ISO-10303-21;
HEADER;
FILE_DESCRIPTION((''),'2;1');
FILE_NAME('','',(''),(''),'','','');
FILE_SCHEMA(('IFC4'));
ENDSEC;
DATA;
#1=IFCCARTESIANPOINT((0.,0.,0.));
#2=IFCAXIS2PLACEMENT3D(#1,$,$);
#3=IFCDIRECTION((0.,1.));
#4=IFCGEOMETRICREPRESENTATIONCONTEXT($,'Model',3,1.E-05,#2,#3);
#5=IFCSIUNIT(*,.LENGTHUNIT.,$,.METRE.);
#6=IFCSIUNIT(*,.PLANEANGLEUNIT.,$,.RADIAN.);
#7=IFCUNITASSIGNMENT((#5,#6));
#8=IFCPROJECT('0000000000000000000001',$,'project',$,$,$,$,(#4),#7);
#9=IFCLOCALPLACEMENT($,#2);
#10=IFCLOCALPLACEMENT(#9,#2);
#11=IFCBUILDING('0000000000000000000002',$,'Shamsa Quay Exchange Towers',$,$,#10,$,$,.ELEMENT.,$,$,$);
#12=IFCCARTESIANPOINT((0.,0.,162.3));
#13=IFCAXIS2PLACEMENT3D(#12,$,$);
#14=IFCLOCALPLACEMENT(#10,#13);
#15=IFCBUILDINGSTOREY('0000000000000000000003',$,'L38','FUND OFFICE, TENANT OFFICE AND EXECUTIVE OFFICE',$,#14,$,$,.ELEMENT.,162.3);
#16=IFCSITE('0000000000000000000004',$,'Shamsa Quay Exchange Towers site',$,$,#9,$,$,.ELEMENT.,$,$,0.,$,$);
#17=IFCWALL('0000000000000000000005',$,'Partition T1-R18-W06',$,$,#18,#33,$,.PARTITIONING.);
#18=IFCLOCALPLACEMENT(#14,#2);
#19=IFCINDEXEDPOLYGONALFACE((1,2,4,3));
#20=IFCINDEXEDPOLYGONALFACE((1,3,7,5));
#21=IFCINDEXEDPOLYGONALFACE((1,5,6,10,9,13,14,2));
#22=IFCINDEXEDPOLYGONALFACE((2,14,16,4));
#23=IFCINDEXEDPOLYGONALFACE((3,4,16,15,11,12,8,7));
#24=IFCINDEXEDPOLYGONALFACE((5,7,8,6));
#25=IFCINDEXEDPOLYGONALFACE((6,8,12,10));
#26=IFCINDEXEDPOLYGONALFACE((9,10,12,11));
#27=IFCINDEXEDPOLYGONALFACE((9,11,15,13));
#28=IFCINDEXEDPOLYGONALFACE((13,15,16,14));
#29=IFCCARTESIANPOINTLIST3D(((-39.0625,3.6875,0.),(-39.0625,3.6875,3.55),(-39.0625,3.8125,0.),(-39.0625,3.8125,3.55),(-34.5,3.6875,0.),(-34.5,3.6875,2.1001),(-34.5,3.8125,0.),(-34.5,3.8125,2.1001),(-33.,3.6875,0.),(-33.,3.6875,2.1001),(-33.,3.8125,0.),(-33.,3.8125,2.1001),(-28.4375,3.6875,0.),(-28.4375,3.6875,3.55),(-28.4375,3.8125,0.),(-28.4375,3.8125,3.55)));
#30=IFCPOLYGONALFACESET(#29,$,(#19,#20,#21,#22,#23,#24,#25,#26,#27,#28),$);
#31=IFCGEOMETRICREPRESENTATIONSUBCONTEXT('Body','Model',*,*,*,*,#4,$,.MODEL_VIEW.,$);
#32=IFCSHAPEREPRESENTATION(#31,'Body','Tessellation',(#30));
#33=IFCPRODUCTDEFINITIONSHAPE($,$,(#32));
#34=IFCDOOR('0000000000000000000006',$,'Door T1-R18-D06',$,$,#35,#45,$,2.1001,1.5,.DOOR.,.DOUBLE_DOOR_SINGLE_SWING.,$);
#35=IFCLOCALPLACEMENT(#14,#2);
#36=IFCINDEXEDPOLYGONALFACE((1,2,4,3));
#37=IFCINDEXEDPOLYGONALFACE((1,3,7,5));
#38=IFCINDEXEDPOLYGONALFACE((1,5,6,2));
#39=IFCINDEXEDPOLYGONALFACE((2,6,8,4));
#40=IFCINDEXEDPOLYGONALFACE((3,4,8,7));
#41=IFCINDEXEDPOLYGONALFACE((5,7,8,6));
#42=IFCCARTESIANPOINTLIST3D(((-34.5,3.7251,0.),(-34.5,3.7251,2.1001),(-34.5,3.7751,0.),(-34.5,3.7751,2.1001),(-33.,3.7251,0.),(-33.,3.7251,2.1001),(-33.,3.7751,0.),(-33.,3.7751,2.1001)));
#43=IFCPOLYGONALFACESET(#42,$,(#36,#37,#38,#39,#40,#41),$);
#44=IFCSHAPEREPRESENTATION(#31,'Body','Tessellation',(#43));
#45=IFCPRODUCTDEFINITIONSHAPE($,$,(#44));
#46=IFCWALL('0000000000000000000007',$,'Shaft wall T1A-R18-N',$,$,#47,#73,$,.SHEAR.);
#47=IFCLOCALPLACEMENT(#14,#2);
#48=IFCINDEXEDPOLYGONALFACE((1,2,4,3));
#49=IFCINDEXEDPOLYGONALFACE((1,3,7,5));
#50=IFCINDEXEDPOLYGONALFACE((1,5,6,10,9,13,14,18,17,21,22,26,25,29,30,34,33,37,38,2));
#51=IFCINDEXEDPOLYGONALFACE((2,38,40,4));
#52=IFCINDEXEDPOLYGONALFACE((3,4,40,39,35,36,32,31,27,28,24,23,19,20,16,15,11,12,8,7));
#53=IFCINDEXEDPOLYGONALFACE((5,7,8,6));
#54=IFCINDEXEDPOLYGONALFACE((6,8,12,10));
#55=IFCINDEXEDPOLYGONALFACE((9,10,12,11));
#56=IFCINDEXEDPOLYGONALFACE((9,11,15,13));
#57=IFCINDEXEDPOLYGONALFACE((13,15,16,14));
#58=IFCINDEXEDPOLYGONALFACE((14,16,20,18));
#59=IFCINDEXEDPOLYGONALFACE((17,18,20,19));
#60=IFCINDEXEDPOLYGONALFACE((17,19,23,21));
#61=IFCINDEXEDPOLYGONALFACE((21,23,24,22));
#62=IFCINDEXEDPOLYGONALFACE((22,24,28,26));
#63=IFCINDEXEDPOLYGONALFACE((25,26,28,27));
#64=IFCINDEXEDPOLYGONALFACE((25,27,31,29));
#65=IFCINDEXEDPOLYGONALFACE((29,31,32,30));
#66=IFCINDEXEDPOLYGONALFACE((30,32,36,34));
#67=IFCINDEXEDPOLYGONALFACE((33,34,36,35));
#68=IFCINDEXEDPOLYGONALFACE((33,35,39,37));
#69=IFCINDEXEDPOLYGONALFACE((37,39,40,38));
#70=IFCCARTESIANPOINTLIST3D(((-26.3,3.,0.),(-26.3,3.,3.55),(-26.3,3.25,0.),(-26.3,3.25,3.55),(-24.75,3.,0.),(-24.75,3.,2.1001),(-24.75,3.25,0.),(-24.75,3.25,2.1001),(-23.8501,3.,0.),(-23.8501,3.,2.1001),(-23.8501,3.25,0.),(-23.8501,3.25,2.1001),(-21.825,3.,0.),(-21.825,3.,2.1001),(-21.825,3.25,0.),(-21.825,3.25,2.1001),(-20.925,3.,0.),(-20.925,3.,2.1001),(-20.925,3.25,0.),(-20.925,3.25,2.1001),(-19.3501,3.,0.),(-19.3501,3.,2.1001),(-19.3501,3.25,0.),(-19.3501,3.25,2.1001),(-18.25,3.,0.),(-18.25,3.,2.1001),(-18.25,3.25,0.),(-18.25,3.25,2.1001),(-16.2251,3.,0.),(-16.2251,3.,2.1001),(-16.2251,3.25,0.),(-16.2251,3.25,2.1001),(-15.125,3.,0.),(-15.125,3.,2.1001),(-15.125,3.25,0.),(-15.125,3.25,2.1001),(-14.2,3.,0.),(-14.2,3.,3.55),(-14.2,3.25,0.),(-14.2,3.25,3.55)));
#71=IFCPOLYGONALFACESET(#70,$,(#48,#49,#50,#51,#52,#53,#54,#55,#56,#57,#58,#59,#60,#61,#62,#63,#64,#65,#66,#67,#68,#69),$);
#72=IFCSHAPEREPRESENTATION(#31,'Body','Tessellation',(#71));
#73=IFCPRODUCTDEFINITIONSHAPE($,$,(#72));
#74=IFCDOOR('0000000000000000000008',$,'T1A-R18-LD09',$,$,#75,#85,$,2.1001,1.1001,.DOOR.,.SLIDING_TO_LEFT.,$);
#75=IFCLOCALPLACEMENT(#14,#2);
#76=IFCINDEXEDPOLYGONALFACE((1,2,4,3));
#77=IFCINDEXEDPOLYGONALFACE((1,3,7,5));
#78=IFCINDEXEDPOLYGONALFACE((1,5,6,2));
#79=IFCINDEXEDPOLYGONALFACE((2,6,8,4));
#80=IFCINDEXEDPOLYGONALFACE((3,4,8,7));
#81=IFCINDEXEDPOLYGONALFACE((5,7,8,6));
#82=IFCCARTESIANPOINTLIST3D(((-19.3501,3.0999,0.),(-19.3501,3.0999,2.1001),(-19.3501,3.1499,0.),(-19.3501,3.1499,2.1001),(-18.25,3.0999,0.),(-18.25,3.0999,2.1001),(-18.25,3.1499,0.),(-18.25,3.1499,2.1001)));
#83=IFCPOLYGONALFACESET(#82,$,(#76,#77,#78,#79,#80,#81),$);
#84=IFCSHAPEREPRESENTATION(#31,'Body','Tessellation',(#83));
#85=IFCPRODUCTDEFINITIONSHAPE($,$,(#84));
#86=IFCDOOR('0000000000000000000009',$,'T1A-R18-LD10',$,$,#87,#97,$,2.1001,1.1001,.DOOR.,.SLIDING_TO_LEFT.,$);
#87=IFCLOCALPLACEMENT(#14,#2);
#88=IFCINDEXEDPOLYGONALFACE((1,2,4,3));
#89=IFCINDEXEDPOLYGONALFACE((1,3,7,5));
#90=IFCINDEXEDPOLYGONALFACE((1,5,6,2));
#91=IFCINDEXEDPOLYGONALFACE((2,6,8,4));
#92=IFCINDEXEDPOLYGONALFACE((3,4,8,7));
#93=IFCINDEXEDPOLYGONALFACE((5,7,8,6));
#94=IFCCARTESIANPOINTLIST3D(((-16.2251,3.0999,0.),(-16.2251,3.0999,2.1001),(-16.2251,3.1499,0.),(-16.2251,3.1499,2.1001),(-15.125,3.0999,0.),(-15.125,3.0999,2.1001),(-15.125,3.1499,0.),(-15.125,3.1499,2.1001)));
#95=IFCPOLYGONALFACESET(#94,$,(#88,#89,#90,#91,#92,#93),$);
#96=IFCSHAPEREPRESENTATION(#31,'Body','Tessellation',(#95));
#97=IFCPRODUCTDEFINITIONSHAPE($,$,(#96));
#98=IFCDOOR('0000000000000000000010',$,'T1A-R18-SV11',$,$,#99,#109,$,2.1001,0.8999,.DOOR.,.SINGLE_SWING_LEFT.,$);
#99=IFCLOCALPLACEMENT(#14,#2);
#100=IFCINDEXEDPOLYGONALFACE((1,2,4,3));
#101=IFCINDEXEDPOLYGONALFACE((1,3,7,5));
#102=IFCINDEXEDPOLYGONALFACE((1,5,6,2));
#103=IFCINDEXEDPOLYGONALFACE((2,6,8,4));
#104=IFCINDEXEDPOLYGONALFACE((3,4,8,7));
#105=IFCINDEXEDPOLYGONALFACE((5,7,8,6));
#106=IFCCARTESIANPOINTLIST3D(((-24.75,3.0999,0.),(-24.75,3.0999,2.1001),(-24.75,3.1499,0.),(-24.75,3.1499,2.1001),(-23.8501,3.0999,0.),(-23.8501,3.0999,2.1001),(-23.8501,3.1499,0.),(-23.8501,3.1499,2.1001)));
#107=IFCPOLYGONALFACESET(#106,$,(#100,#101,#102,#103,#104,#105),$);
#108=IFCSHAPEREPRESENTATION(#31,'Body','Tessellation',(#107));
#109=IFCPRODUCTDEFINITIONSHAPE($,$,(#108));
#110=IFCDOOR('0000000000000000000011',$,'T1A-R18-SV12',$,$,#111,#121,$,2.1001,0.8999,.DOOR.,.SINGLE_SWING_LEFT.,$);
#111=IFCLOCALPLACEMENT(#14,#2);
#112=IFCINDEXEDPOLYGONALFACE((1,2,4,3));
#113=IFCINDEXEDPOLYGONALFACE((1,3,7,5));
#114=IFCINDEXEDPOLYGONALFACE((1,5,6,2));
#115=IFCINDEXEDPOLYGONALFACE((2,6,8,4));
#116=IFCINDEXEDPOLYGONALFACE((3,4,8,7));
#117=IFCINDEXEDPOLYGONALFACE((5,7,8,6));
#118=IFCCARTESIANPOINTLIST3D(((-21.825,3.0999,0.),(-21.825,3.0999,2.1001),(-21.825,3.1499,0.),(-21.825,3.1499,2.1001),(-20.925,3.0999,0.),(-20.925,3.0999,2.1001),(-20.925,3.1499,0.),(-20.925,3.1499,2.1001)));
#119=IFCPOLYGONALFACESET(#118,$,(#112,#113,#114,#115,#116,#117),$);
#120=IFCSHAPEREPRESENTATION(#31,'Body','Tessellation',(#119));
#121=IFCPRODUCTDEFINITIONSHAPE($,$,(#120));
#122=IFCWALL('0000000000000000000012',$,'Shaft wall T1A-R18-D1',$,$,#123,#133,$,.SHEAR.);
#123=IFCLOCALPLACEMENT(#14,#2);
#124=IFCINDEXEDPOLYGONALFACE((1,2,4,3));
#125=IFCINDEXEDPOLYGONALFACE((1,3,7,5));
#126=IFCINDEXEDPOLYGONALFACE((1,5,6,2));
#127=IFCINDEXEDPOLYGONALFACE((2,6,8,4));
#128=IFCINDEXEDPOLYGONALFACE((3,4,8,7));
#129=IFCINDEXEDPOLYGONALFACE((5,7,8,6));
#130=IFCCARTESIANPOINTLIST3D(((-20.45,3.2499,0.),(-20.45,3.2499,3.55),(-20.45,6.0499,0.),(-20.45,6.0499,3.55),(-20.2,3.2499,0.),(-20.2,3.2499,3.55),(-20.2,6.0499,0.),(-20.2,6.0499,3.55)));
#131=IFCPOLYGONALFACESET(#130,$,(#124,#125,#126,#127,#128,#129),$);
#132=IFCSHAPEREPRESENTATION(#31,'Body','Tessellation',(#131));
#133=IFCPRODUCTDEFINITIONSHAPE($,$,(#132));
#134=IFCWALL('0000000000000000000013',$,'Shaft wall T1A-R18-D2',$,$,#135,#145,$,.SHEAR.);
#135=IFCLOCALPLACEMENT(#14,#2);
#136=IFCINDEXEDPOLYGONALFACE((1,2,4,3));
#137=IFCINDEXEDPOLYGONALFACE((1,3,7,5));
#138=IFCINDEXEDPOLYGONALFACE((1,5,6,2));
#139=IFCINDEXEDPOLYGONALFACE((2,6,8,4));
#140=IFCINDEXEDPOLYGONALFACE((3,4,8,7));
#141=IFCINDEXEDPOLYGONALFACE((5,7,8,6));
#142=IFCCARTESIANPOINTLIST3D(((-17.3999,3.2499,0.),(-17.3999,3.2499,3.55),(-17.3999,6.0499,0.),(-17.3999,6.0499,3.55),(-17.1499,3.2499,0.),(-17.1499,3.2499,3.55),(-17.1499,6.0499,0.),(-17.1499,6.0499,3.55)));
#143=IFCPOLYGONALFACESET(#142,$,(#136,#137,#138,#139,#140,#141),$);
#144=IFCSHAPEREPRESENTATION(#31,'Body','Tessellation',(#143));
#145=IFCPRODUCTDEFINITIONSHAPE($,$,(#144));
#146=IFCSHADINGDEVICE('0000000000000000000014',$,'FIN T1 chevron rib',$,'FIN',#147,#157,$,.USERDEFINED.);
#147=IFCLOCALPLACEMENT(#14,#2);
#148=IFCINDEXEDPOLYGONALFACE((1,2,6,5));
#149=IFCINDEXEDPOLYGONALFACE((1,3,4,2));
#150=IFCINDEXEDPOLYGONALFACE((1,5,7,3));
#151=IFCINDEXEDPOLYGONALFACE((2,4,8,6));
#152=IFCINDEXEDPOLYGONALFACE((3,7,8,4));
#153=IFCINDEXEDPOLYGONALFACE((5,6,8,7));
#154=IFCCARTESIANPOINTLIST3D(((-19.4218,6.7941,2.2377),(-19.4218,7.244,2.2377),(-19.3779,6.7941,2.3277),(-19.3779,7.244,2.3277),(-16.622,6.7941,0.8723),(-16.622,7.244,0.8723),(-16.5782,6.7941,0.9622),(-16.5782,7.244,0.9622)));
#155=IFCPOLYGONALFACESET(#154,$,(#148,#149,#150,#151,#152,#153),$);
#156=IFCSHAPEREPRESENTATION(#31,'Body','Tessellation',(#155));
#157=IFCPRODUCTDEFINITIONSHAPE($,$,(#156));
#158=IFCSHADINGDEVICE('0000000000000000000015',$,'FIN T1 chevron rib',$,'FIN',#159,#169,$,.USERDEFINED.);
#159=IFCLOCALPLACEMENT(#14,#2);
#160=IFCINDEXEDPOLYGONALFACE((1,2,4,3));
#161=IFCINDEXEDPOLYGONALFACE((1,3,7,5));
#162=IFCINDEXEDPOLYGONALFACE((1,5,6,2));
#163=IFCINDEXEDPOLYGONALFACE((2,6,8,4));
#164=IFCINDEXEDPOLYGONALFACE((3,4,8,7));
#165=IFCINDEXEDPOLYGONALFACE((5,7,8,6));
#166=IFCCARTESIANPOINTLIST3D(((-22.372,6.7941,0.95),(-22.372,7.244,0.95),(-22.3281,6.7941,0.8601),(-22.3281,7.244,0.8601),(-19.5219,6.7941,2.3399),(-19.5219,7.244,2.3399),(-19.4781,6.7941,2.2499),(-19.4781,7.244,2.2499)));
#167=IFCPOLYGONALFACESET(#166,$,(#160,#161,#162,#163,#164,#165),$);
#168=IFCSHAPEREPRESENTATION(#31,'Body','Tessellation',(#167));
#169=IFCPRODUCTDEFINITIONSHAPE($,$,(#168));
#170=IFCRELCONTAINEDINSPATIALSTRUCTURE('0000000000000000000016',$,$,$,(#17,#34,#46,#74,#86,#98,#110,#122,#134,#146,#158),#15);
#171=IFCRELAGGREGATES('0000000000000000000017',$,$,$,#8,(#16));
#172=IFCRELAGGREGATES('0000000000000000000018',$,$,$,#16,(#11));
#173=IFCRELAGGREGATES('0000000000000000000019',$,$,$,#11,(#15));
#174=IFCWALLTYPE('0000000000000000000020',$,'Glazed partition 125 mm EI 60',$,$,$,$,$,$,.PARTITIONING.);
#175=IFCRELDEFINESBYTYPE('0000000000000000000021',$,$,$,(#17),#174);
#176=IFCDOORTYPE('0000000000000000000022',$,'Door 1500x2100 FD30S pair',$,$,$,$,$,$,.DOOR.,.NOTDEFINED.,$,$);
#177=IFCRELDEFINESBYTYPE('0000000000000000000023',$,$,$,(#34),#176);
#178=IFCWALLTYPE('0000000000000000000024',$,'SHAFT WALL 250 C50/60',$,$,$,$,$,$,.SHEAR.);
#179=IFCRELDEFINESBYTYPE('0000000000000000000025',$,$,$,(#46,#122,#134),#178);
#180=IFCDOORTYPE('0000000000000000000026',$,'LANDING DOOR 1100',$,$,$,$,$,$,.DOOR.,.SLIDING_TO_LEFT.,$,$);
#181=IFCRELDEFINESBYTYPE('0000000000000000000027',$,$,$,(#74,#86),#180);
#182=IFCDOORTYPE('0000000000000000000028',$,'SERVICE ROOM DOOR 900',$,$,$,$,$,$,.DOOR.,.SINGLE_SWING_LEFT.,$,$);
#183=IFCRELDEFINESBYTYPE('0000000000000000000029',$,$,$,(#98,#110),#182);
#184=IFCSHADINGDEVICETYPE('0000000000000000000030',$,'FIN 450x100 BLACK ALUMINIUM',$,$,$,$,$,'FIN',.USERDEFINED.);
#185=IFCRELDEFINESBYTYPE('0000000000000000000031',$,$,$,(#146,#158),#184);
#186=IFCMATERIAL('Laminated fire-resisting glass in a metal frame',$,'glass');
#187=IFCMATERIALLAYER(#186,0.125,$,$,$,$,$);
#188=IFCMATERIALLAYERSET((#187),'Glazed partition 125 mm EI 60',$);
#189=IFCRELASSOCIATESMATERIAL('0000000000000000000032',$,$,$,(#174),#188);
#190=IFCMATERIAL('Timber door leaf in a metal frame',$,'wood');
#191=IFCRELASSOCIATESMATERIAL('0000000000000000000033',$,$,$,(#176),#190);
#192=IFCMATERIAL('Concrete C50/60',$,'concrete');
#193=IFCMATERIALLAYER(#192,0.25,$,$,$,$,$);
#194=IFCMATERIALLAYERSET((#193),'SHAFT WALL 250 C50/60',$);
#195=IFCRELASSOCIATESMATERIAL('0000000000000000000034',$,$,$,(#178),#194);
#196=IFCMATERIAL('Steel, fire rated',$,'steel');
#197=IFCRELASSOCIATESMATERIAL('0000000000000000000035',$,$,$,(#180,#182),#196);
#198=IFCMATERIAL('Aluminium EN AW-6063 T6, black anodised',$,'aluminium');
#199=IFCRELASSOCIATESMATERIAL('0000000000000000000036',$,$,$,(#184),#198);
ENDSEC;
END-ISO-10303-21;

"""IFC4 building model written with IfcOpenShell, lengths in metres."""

from ifc_helpers import new_model, si_unit, direction, frame, frame_2d, origin, origin_2d, place, context, subcontext, project, spatial, rectangle, extrude, material, layer, layer_set, material_profile, profile_set, type_object, element, fill, save


model = new_model("IFC4")

# Units and contexts
model_context = context("Model", 3, precision=1e-05, world=origin(), true_north=direction((0.0, 1.0)))
body_context = subcontext(model_context, "Body", "Model", "MODEL_VIEW")
ifc_project = project(units=[si_unit("LENGTHUNIT", "METRE"), si_unit("PLANEANGLEUNIT", "RADIAN")], contexts=[model_context])

# Site, building, storey
site_placement = place(None, origin())
site = spatial("IfcSite", under=ifc_project, at=site_placement, Name="Shamsa Quay Exchange Towers site", CompositionType="ELEMENT", RefElevation=0.0)
building_placement = place(site_placement, origin())
building = spatial("IfcBuilding", under=site, at=building_placement, Name="Shamsa Quay Exchange Towers", CompositionType="ELEMENT")
storey_placement = place(building_placement, frame((0.0, 0.0, 162.3)))
storey = spatial("IfcBuildingStorey", under=building, at=storey_placement, Name="L38", Description="FUND OFFICE, TENANT OFFICE AND EXECUTIVE OFFICE", CompositionType="ELEMENT", Elevation=162.3)

# Shared definitions
ifc_material_1 = material(Name="Aluminium EN AW-6063 T6, black anodised", Category="aluminium")

# Shared definitions
ifc_material_2 = material(Name="Steel, fire rated", Category="steel")

# Shared definitions
ifc_material_3 = material(Name="Laminated fire-resisting glass in a metal frame", Category="glass")
ifc_layer_1 = layer(ifc_material_3, 0.125)
ifc_layer_set_1 = layer_set([ifc_layer_1], Name="Glazed partition 125 mm EI 60")
wall_type_1 = type_object("IfcWallType", Name="Glazed partition 125 mm EI 60", PredefinedType="PARTITIONING", material=ifc_layer_set_1)

# Wall, opening, door
wall_1_placement = place(storey_placement, frame((-28.4375, 3.75, 0.0), z_axis=(0.0, 0.0, 1.0), x_axis=(-1.0, 0.0, 0.0)))
wall_1 = element("IfcWall", 1, at=wall_1_placement, inside=storey, type_object=wall_type_1, Name="Partition T1-R18-W06", PredefinedType="PARTITIONING", context=body_context, shape_type="SweptSolid", body=[
    extrude(rectangle(XDim=10.625, YDim=0.125, at=frame_2d((5.3125, 0.0))), origin(), (0.0, 0.0, 1.0), 3.55),
])
opening_1_placement = place(wall_1_placement, frame((4.5625, 0.0, 0.0)))
opening_1 = element("IfcOpeningElement", 2, at=opening_1_placement, cuts=wall_1, PredefinedType="OPENING", context=body_context, shape_type="SweptSolid", body=[
    extrude(rectangle(XDim=1.5, YDim=2.1001, at=frame_2d((0.75, 1.05))), frame((0.0, 0.0725, 0.0), z_axis=(0.0, -1.0, 0.0), x_axis=(1.0, 0.0, 0.0)), (0.0, 0.0, 1.0), 0.145),
])
ifc_material_4 = material(Name="Timber door leaf in a metal frame", Category="wood")
door_type_1 = type_object("IfcDoorType", Name="Door 1500x2100 FD30S pair", OperationType="NOTDEFINED", PredefinedType="DOOR", material=ifc_material_4)
door_1_placement = place(opening_1_placement, origin())
door_1 = element("IfcDoor", 3, at=door_1_placement, inside=storey, type_object=door_type_1, Name="Door T1-R18-D06", OperationType="DOUBLE_DOOR_SINGLE_SWING", OverallHeight=2.1001, OverallWidth=1.5, PredefinedType="DOOR", context=body_context, shape_type="SweptSolid", body=[
    extrude(rectangle(XDim=1.5, YDim=2.1001, at=frame_2d((0.75, 1.05))), frame((0.0, 0.0249, 0.0), z_axis=(0.0, -1.0, 0.0), x_axis=(1.0, 0.0, 0.0)), (0.0, 0.0, 1.0), 0.05),
])
fill(opening_1, door_1)

# Wall, openings, doors
ifc_material_5 = material(Name="Concrete C50/60", Category="concrete")
ifc_layer_2 = layer(ifc_material_5, 0.25)
ifc_layer_set_2 = layer_set([ifc_layer_2], Name="SHAFT WALL 250 C50/60")
wall_type_2 = type_object("IfcWallType", Name="SHAFT WALL 250 C50/60", PredefinedType="SHEAR", material=ifc_layer_set_2)
wall_2_placement = place(storey_placement, frame((-26.3, 3.125, 0.0)))
wall_2 = element("IfcWall", 4, at=wall_2_placement, inside=storey, type_object=wall_type_2, Name="Shaft wall T1A-R18-N", PredefinedType="SHEAR", context=body_context, shape_type="SweptSolid", body=[
    extrude(rectangle(XDim=12.1001, YDim=0.25, at=frame_2d((6.05, 0.0))), origin(), (0.0, 0.0, 1.0), 3.55),
])
opening_2_placement = place(wall_2_placement, frame((6.95, 0.0, 0.0)))
opening_2 = element("IfcOpeningElement", 5, at=opening_2_placement, cuts=wall_2, PredefinedType="OPENING", context=body_context, shape_type="SweptSolid", body=[
    extrude(rectangle(XDim=1.1001, YDim=2.1001, at=frame_2d((0.55, 1.05))), frame((0.0, 0.135, 0.0), z_axis=(0.0, -1.0, 0.0), x_axis=(1.0, 0.0, 0.0)), (0.0, 0.0, 1.0), 0.27),
])
opening_3_placement = place(wall_2_placement, frame((10.075, 0.0, 0.0)))
opening_3 = element("IfcOpeningElement", 6, at=opening_3_placement, cuts=wall_2, PredefinedType="OPENING", context=body_context, shape_type="SweptSolid", body=[
    extrude(rectangle(XDim=1.1001, YDim=2.1001, at=frame_2d((0.55, 1.05))), frame((0.0, 0.135, 0.0), z_axis=(0.0, -1.0, 0.0), x_axis=(1.0, 0.0, 0.0)), (0.0, 0.0, 1.0), 0.27),
])
opening_4_placement = place(wall_2_placement, frame((1.55, 0.0, 0.0)))
opening_4 = element("IfcOpeningElement", 7, at=opening_4_placement, cuts=wall_2, PredefinedType="OPENING", context=body_context, shape_type="SweptSolid", body=[
    extrude(rectangle(XDim=0.8999, YDim=2.1001, at=frame_2d((0.45, 1.05))), frame((0.0, 0.135, 0.0), z_axis=(0.0, -1.0, 0.0), x_axis=(1.0, 0.0, 0.0)), (0.0, 0.0, 1.0), 0.27),
])
opening_5_placement = place(wall_2_placement, frame((4.4751, 0.0, 0.0)))
opening_5 = element("IfcOpeningElement", 8, at=opening_5_placement, cuts=wall_2, PredefinedType="OPENING", context=body_context, shape_type="SweptSolid", body=[
    extrude(rectangle(XDim=0.8999, YDim=2.1001, at=frame_2d((0.45, 1.05))), frame((0.0, 0.135, 0.0), z_axis=(0.0, -1.0, 0.0), x_axis=(1.0, 0.0, 0.0)), (0.0, 0.0, 1.0), 0.27),
])
door_type_2 = type_object("IfcDoorType", Name="LANDING DOOR 1100", OperationType="SLIDING_TO_LEFT", PredefinedType="DOOR", material=ifc_material_2)
door_2_placement = place(opening_2_placement, origin())
door_2 = element("IfcDoor", 9, at=door_2_placement, inside=storey, type_object=door_type_2, Name="T1A-R18-LD09", OperationType="SLIDING_TO_LEFT", OverallHeight=2.1001, OverallWidth=1.1001, PredefinedType="DOOR", context=body_context, shape_type="SweptSolid", body=[
    extrude(rectangle(XDim=1.1001, YDim=2.1001, at=frame_2d((0.55, 1.05))), frame((0.0, 0.0249, 0.0), z_axis=(0.0, -1.0, 0.0), x_axis=(1.0, 0.0, 0.0)), (0.0, 0.0, 1.0), 0.05),
])
fill(opening_2, door_2)
door_3_placement = place(opening_3_placement, origin())
door_3 = element("IfcDoor", 10, at=door_3_placement, inside=storey, type_object=door_type_2, Name="T1A-R18-LD10", OperationType="SLIDING_TO_LEFT", OverallHeight=2.1001, OverallWidth=1.1001, PredefinedType="DOOR", context=body_context, shape_type="SweptSolid", body=[
    extrude(rectangle(XDim=1.1001, YDim=2.1001, at=frame_2d((0.55, 1.05))), frame((0.0, 0.0249, 0.0), z_axis=(0.0, -1.0, 0.0), x_axis=(1.0, 0.0, 0.0)), (0.0, 0.0, 1.0), 0.05),
])
fill(opening_3, door_3)
door_type_3 = type_object("IfcDoorType", Name="SERVICE ROOM DOOR 900", OperationType="SINGLE_SWING_LEFT", PredefinedType="DOOR", material=ifc_material_2)
door_4_placement = place(opening_4_placement, origin())
door_4 = element("IfcDoor", 11, at=door_4_placement, inside=storey, type_object=door_type_3, Name="T1A-R18-SV11", OperationType="SINGLE_SWING_LEFT", OverallHeight=2.1001, OverallWidth=0.8999, PredefinedType="DOOR", context=body_context, shape_type="SweptSolid", body=[
    extrude(rectangle(XDim=0.8999, YDim=2.1001, at=frame_2d((0.45, 1.05))), frame((0.0, 0.0249, 0.0), z_axis=(0.0, -1.0, 0.0), x_axis=(1.0, 0.0, 0.0)), (0.0, 0.0, 1.0), 0.05),
])
fill(opening_4, door_4)
door_5_placement = place(opening_5_placement, origin())
door_5 = element("IfcDoor", 12, at=door_5_placement, inside=storey, type_object=door_type_3, Name="T1A-R18-SV12", OperationType="SINGLE_SWING_LEFT", OverallHeight=2.1001, OverallWidth=0.8999, PredefinedType="DOOR", context=body_context, shape_type="SweptSolid", body=[
    extrude(rectangle(XDim=0.8999, YDim=2.1001, at=frame_2d((0.45, 1.05))), frame((0.0, 0.0249, 0.0), z_axis=(0.0, -1.0, 0.0), x_axis=(1.0, 0.0, 0.0)), (0.0, 0.0, 1.0), 0.05),
])
fill(opening_5, door_5)

# Walls
for number, where, z_axis, x_axis, name in (
    (13, (-20.325, 3.25, 0.0), (0.0, 0.0, 1.0), (0.0, 1.0, 0.0), "Shaft wall T1A-R18-D1"),
    (14, (-17.2749, 3.25, 0.0), (0.0, 0.0, 1.0), (0.0, 1.0, 0.0), "Shaft wall T1A-R18-D2"),
):
    element("IfcWall", number, at=place(storey_placement, frame(where, z_axis=z_axis, x_axis=x_axis)), inside=storey, type_object=wall_type_2, Name=name, PredefinedType="SHEAR", context=body_context, shape_type="SweptSolid", body=[
        extrude(rectangle(XDim=2.8, YDim=0.25, at=frame_2d((1.3999, 0.0))), origin(), (0.0, 0.0, 1.0), 3.55),
    ])

# Shading devices
ifc_material_profile_1 = material_profile(ifc_material_1, rectangle(XDim=0.45, YDim=0.1001, at=origin_2d()), Name="FIN450x100")
ifc_profile_set_1 = profile_set([ifc_material_profile_1], Name="Aluminium EN AW-6063 T6, black anodised")
shading_device_type = type_object("IfcShadingDeviceType", Name="FIN 450x100 BLACK ALUMINIUM", ElementType="FIN", PredefinedType="USERDEFINED", material=ifc_profile_set_1)
shading_device_1_placement = place(storey_placement, frame((-16.6001, 7.019, 0.9172), z_axis=(-0.898804, 0.0, 0.438351), x_axis=(0.0, -1.0, 0.0)))
element("IfcShadingDevice", 15, at=shading_device_1_placement, inside=storey, type_object=shading_device_type, Name="FIN T1 chevron rib", ObjectType="FIN", PredefinedType="USERDEFINED", context=body_context, shape_type="SweptSolid", body=[
    extrude(rectangle(XDim=0.45, YDim=0.1001, at=origin_2d()), origin(), (0.0, 0.0, 1.0), 3.115),
])
shading_device_2_placement = place(storey_placement, frame((-19.5, 7.019, 2.2949), z_axis=(-0.898818, 0.0, -0.438322), x_axis=(0.0, -1.0, 0.0)))
element("IfcShadingDevice", 16, at=shading_device_2_placement, inside=storey, type_object=shading_device_type, Name="FIN T1 chevron rib", ObjectType="FIN", PredefinedType="USERDEFINED", context=body_context, shape_type="SweptSolid", body=[
    extrude(rectangle(XDim=0.45, YDim=0.1001, at=origin_2d()), origin(), (0.0, 0.0, 1.0), 3.1709),
])

save(model, "model.ifc")
